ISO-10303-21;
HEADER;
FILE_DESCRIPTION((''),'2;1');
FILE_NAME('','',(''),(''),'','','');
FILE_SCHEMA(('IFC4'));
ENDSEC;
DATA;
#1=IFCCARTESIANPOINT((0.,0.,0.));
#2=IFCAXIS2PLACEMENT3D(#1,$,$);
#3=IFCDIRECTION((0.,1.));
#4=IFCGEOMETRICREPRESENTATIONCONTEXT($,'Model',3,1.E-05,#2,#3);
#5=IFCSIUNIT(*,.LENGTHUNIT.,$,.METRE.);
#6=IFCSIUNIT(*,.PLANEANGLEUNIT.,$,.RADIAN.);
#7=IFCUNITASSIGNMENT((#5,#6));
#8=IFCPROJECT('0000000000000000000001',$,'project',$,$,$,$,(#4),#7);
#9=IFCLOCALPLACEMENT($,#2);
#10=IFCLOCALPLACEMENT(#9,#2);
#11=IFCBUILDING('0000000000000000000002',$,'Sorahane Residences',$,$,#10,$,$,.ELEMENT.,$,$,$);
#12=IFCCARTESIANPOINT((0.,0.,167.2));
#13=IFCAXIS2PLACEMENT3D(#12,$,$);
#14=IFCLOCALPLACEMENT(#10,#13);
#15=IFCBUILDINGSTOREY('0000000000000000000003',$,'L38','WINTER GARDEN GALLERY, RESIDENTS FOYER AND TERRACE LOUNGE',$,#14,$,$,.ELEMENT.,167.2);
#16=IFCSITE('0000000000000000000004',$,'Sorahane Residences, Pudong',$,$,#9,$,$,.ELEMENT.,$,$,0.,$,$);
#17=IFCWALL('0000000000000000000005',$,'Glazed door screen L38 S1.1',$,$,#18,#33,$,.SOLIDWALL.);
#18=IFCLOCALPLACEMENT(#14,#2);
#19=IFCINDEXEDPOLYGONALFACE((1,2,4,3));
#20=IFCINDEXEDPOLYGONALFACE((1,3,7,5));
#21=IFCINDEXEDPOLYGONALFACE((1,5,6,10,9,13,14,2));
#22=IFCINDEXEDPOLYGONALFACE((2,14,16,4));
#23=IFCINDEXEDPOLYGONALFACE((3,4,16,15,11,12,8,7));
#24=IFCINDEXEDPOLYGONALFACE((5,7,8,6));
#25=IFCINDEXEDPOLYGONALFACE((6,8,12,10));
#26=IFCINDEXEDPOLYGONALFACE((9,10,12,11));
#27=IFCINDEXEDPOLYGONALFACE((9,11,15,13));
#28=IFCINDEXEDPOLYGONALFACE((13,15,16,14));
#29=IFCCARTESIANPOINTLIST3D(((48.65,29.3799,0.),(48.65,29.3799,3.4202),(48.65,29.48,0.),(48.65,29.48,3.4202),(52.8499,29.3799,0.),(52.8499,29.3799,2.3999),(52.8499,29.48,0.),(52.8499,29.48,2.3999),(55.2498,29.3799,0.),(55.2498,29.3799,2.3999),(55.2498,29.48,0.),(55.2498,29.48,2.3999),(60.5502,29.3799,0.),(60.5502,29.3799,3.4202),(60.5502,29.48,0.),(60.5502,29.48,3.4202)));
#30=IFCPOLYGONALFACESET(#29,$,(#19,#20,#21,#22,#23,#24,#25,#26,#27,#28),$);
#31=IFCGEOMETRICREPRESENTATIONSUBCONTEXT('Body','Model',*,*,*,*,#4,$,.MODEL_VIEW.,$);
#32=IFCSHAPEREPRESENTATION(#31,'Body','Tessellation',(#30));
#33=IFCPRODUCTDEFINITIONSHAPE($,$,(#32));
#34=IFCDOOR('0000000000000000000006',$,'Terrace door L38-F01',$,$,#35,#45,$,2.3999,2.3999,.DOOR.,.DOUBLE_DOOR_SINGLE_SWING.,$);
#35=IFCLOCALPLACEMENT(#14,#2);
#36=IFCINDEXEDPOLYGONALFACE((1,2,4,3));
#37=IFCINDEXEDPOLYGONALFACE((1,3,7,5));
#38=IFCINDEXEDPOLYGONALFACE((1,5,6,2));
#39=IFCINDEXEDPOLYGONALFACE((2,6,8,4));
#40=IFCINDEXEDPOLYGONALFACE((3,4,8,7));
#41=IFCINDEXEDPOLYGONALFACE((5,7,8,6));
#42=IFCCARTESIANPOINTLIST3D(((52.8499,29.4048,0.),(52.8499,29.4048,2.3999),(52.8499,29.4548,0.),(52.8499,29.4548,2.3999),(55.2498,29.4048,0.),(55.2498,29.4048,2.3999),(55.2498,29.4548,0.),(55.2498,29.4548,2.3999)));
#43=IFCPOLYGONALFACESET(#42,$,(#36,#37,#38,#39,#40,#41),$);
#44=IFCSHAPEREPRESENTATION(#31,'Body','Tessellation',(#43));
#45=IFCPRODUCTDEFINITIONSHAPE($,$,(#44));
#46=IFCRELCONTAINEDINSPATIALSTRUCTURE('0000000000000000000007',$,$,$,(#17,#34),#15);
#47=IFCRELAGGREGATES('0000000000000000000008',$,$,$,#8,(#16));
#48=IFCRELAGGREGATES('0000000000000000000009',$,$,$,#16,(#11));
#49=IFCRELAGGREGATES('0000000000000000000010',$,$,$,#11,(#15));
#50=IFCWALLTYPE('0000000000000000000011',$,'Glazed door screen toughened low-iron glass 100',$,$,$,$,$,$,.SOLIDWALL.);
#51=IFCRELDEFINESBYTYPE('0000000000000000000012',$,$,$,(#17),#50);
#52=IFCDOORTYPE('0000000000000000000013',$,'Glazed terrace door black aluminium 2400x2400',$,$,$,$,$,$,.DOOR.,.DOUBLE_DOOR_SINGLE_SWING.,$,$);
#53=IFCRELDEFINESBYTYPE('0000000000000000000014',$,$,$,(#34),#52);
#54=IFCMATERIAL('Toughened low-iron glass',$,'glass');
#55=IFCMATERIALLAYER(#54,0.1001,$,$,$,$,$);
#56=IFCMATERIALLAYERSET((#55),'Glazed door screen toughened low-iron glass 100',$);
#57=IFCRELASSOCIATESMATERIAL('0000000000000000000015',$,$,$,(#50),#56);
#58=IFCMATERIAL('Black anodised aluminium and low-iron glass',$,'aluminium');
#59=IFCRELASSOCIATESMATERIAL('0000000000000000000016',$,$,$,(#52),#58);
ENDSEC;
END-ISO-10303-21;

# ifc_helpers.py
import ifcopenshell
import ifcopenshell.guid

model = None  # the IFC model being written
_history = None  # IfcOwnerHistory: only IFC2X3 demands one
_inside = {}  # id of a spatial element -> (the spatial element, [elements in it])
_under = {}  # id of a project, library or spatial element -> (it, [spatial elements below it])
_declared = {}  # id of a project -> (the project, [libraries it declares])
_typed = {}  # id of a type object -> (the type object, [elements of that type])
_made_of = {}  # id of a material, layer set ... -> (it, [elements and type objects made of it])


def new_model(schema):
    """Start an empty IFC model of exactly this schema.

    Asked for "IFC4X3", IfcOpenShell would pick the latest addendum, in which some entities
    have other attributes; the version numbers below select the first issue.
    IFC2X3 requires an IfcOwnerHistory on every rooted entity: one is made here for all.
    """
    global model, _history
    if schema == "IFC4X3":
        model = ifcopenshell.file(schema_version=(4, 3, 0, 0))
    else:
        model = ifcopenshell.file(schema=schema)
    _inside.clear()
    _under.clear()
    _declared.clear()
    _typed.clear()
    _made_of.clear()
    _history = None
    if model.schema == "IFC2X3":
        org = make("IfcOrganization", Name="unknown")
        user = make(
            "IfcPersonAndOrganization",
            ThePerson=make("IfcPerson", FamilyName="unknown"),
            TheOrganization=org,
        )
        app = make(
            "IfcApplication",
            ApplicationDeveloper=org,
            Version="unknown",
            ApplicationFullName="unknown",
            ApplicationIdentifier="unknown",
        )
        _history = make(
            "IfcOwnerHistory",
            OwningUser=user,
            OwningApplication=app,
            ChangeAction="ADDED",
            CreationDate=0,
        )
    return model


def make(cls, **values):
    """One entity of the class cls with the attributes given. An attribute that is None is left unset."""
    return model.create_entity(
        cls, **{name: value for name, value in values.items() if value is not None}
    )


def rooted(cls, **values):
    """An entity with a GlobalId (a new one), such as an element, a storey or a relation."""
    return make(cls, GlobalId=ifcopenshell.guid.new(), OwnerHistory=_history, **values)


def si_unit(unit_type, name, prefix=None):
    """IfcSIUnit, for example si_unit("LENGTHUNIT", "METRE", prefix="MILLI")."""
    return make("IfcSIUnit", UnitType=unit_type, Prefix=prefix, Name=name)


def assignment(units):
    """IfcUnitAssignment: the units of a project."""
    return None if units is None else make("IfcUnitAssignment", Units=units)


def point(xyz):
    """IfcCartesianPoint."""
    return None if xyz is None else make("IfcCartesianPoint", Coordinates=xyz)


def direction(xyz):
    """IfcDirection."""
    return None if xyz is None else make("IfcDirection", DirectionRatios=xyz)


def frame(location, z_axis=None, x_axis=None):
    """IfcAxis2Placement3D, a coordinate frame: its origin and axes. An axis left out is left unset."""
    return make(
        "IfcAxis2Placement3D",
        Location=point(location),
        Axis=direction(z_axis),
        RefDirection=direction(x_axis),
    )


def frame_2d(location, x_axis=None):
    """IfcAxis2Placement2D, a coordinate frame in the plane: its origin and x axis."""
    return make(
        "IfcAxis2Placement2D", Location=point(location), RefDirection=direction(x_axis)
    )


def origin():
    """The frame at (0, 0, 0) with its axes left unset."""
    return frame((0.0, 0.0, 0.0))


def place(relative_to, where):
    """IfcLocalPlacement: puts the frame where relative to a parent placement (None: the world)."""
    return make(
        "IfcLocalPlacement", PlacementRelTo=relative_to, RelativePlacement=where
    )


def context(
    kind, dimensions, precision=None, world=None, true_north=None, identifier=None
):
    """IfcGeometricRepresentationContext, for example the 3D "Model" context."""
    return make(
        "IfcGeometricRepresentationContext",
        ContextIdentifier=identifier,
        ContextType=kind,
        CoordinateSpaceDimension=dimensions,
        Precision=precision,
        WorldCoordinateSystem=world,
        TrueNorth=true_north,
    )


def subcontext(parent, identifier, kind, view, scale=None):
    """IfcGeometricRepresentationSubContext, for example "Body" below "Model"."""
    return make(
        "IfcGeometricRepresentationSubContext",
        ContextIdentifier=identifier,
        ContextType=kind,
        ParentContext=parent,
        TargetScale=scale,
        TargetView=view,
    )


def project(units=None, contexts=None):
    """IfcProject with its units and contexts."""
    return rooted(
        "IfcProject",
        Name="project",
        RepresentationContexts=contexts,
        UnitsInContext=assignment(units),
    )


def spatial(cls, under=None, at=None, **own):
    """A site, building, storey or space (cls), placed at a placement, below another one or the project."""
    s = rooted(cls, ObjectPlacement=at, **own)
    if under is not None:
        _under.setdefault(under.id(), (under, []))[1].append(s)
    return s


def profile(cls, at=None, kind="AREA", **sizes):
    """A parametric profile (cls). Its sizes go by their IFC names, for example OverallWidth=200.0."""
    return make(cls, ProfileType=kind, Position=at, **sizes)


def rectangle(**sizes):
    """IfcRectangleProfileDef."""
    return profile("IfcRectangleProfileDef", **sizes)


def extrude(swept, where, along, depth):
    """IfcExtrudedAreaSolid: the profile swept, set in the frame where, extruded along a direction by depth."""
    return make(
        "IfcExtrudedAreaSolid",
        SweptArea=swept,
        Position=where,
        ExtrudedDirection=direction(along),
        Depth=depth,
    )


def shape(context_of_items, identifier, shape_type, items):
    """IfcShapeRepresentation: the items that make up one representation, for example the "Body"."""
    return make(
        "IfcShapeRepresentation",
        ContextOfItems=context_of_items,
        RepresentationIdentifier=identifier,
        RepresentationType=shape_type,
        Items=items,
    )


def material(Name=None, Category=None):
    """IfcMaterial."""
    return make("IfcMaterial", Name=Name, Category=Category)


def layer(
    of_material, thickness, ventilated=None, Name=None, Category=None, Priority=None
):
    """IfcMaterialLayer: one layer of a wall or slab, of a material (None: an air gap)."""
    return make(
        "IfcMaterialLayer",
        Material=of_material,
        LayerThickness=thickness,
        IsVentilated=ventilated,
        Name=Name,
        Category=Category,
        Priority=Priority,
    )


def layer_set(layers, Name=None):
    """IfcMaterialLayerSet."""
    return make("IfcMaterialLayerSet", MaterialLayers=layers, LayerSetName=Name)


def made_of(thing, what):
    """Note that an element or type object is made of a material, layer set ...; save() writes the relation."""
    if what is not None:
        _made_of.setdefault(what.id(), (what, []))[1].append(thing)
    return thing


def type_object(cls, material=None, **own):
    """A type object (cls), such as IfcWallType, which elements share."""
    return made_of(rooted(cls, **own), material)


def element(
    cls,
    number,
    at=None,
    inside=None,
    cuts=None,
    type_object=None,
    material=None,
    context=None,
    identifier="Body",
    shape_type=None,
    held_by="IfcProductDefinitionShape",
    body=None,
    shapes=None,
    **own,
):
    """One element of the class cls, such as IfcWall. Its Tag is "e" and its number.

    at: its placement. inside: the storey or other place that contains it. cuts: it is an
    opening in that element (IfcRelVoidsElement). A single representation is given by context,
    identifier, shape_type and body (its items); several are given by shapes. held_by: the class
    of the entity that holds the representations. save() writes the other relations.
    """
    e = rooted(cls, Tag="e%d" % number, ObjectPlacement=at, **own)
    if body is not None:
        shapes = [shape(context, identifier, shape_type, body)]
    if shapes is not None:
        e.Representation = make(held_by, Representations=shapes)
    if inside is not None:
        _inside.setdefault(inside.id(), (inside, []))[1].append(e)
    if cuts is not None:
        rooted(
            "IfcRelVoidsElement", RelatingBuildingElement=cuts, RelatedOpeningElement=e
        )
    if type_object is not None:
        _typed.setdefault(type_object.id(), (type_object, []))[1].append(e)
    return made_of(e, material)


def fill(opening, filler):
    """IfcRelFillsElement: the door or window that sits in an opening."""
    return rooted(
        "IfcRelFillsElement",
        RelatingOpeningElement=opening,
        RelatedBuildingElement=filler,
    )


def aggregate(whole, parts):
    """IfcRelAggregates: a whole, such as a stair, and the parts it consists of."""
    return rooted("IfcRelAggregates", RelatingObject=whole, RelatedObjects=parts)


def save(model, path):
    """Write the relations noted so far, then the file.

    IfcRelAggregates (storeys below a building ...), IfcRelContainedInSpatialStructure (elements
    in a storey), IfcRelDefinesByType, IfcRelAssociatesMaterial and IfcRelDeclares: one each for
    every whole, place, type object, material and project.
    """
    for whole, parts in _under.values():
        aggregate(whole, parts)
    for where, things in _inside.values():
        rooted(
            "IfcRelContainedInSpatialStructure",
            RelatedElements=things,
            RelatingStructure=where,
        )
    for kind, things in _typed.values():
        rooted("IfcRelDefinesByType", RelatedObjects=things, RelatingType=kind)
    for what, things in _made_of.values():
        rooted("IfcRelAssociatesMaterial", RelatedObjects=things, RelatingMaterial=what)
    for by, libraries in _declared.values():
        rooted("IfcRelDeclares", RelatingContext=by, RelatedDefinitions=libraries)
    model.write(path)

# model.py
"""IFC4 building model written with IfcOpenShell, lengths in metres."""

from ifc_helpers import new_model, si_unit, direction, frame, frame_2d, origin, place, context, subcontext, project, spatial, rectangle, extrude, material, layer, layer_set, type_object, element, fill, save


model = new_model("IFC4")

# Units and contexts
model_context = context("Model", 3, precision=1e-05, world=origin(), true_north=direction((0.0, 1.0)))
body_context = subcontext(model_context, "Body", "Model", "MODEL_VIEW")
ifc_project = project(units=[si_unit("LENGTHUNIT", "METRE"), si_unit("PLANEANGLEUNIT", "RADIAN")], contexts=[model_context])

# Site, building, storey
site_placement = place(None, origin())
site = spatial("IfcSite", under=ifc_project, at=site_placement, Name="Sorahane Residences, Pudong", CompositionType="ELEMENT", RefElevation=0.0)
building_placement = place(site_placement, origin())
building = spatial("IfcBuilding", under=site, at=building_placement, Name="Sorahane Residences", CompositionType="ELEMENT")
storey_placement = place(building_placement, frame((0.0, 0.0, 167.2)))
storey = spatial("IfcBuildingStorey", under=building, at=storey_placement, Name="L38", Description="WINTER GARDEN GALLERY, RESIDENTS FOYER AND TERRACE LOUNGE", CompositionType="ELEMENT", Elevation=167.2)

# Wall, opening, door
ifc_material_1 = material(Name="Toughened low-iron glass", Category="glass")
ifc_layer_1 = layer(ifc_material_1, 0.1001)
ifc_layer_set_1 = layer_set([ifc_layer_1], Name="Glazed door screen toughened low-iron glass 100")
wall_type_1 = type_object("IfcWallType", Name="Glazed door screen toughened low-iron glass 100", PredefinedType="SOLIDWALL", material=ifc_layer_set_1)
wall_1_placement = place(storey_placement, frame((48.6499, 29.4299, 0.0), z_axis=(0.0, 0.0, 1.0), x_axis=(1.0, 0.0, 0.0)))
wall_1 = element("IfcWall", 1, at=wall_1_placement, inside=storey, type_object=wall_type_1, Name="Glazed door screen L38 S1.1", PredefinedType="SOLIDWALL", context=body_context, shape_type="SweptSolid", body=[
    extrude(rectangle(XDim=11.9001, YDim=0.1001, at=frame_2d((5.9502, 0.0))), origin(), (0.0, 0.0, 1.0), 3.4202),
])
opening_1_placement = place(wall_1_placement, frame((4.2, 0.0, 0.0)))
opening_1 = element("IfcOpeningElement", 2, at=opening_1_placement, cuts=wall_1, PredefinedType="OPENING", context=body_context, shape_type="SweptSolid", body=[
    extrude(rectangle(XDim=2.3999, YDim=2.3999, at=frame_2d((1.2, 1.2))), frame((0.0, 0.0601, 0.0), z_axis=(0.0, -1.0, 0.0), x_axis=(1.0, 0.0, 0.0)), (0.0, 0.0, 1.0), 0.1201),
])
ifc_material_2 = material(Name="Black anodised aluminium and low-iron glass", Category="aluminium")
door_type_1 = type_object("IfcDoorType", Name="Glazed terrace door black aluminium 2400x2400", OperationType="DOUBLE_DOOR_SINGLE_SWING", PredefinedType="DOOR", material=ifc_material_2)
door_1_placement = place(opening_1_placement, origin())
door_1 = element("IfcDoor", 3, at=door_1_placement, inside=storey, type_object=door_type_1, Name="Terrace door L38-F01", OperationType="DOUBLE_DOOR_SINGLE_SWING", OverallHeight=2.3999, OverallWidth=2.3999, PredefinedType="DOOR", context=body_context, shape_type="SweptSolid", body=[
    extrude(rectangle(XDim=2.3999, YDim=2.3999, at=frame_2d((1.2, 1.2))), frame((0.0, 0.0249, 0.0), z_axis=(0.0, -1.0, 0.0), x_axis=(1.0, 0.0, 0.0)), (0.0, 0.0, 1.0), 0.05),
])
fill(opening_1, door_1)

save(model, "model.ifc")
